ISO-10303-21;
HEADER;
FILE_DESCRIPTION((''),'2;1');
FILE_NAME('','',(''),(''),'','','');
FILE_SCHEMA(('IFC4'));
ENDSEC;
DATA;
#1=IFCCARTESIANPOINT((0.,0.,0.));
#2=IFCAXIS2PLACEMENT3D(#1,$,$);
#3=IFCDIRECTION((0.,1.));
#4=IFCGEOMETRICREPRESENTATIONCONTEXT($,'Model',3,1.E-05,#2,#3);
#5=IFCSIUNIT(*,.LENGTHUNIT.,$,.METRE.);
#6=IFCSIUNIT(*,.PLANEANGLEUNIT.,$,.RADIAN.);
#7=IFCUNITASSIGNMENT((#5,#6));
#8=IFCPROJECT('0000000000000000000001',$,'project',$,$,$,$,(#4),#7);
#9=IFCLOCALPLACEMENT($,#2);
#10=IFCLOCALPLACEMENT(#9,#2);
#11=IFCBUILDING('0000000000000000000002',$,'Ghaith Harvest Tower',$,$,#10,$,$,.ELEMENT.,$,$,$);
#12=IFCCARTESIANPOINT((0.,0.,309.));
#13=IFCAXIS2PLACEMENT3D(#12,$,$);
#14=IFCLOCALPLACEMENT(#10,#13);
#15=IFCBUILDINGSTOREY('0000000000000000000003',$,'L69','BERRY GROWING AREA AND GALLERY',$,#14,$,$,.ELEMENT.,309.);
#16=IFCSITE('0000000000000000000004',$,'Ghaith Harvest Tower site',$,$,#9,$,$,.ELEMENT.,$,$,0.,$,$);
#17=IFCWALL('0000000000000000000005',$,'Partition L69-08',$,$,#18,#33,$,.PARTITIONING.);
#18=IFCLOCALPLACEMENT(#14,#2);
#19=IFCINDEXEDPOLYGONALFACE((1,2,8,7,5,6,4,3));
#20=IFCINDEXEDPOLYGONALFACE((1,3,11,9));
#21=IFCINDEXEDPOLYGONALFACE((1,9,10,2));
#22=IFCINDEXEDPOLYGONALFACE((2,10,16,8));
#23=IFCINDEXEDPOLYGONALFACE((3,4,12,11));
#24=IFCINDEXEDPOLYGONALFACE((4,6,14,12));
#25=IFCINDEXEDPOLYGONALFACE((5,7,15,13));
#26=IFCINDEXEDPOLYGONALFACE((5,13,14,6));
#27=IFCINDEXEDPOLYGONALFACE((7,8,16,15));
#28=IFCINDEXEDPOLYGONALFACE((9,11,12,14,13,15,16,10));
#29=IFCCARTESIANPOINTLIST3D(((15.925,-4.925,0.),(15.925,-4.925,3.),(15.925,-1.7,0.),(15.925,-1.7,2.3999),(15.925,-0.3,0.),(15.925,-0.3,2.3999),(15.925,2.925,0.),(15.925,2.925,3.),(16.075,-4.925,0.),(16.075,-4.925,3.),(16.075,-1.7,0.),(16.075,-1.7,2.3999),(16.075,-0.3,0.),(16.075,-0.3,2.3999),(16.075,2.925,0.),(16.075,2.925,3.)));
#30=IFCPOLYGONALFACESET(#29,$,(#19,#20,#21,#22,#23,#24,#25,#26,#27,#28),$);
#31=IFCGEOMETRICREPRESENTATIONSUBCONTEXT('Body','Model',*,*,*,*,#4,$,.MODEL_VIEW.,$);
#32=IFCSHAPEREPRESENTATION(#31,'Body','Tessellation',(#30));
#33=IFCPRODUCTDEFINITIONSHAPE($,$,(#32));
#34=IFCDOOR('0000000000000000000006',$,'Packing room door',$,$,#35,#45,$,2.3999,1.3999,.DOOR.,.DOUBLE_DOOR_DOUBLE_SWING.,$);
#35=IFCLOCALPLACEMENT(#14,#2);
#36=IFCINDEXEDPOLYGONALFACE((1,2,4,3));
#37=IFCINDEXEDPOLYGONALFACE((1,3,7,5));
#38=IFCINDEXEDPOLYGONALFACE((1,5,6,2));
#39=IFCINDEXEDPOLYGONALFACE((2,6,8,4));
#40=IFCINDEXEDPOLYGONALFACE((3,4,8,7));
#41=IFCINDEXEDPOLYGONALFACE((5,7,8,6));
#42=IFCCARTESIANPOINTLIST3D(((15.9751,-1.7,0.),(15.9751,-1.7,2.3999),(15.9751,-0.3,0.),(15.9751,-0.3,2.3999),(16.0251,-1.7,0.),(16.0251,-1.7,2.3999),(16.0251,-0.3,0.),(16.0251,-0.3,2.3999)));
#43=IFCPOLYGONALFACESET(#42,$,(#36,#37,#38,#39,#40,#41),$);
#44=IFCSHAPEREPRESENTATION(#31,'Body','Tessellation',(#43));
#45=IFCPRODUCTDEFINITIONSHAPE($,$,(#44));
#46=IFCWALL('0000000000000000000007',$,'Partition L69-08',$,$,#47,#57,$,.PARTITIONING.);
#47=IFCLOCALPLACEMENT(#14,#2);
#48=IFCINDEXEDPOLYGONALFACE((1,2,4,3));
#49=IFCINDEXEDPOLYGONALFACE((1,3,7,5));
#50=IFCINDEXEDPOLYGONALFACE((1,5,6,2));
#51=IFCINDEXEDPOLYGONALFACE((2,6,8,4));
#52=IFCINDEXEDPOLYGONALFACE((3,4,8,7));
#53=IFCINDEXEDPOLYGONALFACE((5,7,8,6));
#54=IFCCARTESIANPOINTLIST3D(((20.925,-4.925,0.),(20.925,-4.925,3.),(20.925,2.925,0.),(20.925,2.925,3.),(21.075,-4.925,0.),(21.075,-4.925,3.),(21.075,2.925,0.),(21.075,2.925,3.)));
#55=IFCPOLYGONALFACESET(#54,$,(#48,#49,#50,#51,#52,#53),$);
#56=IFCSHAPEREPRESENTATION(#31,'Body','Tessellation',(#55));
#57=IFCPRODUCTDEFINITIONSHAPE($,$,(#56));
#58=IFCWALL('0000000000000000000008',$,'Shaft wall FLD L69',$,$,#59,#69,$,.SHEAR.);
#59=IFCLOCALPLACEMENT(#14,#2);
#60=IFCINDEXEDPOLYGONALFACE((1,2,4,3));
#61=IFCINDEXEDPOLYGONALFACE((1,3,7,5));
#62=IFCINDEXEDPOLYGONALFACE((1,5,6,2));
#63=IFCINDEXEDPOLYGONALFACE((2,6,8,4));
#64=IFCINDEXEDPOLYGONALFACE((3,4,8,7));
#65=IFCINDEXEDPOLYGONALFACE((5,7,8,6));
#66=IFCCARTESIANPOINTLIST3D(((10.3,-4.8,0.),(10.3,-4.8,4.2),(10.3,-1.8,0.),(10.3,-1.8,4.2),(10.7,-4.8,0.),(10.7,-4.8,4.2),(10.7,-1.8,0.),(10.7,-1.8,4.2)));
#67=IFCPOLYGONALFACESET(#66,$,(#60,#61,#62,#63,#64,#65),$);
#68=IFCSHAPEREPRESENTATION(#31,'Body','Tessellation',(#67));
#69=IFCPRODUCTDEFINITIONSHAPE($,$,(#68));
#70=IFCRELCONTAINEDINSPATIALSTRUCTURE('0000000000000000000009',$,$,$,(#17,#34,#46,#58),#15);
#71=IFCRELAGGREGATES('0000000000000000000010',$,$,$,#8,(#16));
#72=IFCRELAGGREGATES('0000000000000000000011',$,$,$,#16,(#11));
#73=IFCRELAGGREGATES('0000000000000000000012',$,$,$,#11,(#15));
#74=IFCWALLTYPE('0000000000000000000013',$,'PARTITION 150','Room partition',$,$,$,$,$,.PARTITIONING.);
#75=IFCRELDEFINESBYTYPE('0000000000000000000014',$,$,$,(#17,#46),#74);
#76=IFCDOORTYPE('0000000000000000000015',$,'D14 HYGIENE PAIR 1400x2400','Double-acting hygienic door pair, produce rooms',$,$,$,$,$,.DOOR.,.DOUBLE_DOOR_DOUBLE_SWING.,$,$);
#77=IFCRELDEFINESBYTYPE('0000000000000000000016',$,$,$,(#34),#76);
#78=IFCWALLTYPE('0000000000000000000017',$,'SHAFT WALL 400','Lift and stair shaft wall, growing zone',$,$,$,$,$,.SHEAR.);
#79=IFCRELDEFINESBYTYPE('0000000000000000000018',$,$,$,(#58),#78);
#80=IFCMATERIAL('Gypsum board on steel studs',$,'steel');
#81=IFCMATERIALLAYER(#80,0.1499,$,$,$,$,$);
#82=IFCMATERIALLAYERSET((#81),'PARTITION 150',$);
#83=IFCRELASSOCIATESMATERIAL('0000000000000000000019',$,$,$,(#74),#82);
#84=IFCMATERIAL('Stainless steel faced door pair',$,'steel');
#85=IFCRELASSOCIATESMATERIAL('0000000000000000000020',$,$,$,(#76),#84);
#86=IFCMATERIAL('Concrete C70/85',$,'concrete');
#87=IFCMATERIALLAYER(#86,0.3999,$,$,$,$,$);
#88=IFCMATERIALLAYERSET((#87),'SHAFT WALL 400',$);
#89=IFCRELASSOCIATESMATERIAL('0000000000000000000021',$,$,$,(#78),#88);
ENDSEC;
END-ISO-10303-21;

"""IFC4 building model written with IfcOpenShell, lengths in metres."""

from ifc_helpers import new_model, si_unit, direction, frame, frame_2d, origin, place, context, subcontext, project, spatial, rectangle, extrude, material, layer, layer_set, type_object, element, fill, save


model = new_model("IFC4")

# Units and contexts
model_context = context("Model", 3, precision=1e-05, world=origin(), true_north=direction((0.0, 1.0)))
body_context = subcontext(model_context, "Body", "Model", "MODEL_VIEW")
ifc_project = project(units=[si_unit("LENGTHUNIT", "METRE"), si_unit("PLANEANGLEUNIT", "RADIAN")], contexts=[model_context])

# Site, building, storey
site_placement = place(None, origin())
site = spatial("IfcSite", under=ifc_project, at=site_placement, Name="Ghaith Harvest Tower site", CompositionType="ELEMENT", RefElevation=0.0)
building_placement = place(site_placement, origin())
building = spatial("IfcBuilding", under=site, at=building_placement, Name="Ghaith Harvest Tower", CompositionType="ELEMENT")
storey_placement = place(building_placement, frame((0.0, 0.0, 309.0)))
storey = spatial("IfcBuildingStorey", under=building, at=storey_placement, Name="L69", Description="BERRY GROWING AREA AND GALLERY", CompositionType="ELEMENT", Elevation=309.0)

# Shared definitions
ifc_material_1 = material(Name="Gypsum board on steel studs", Category="steel")
ifc_layer_1 = layer(ifc_material_1, 0.1499)
ifc_layer_set_1 = layer_set([ifc_layer_1], Name="PARTITION 150")
wall_type_1 = type_object("IfcWallType", Name="PARTITION 150", Description="Room partition", PredefinedType="PARTITIONING", material=ifc_layer_set_1)

# Wall, opening, door
wall_1_placement = place(storey_placement, frame((16.0, -4.925, 0.0), z_axis=(0.0, 0.0, 1.0), x_axis=(0.0, 1.0, 0.0)))
wall_1 = element("IfcWall", 1, at=wall_1_placement, inside=storey, type_object=wall_type_1, Name="Partition L69-08", PredefinedType="PARTITIONING", context=body_context, shape_type="SweptSolid", body=[
    extrude(rectangle(XDim=7.8501, YDim=0.1499, at=frame_2d((3.925, 0.0))), origin(), (0.0, 0.0, 1.0), 3.0),
])
opening_1_placement = place(wall_1_placement, frame((3.2251, 0.0, 0.0)))
opening_1 = element("IfcOpeningElement", 2, at=opening_1_placement, cuts=wall_1, PredefinedType="OPENING", context=body_context, shape_type="SweptSolid", body=[
    extrude(rectangle(XDim=1.3999, YDim=2.3999, at=frame_2d((0.7, 1.2))), frame((0.0, 0.085, 0.0), z_axis=(0.0, -1.0, 0.0), x_axis=(1.0, 0.0, 0.0)), (0.0, 0.0, 1.0), 0.1699),
])
ifc_material_2 = material(Name="Stainless steel faced door pair", Category="steel")
door_type_1 = type_object("IfcDoorType", Name="D14 HYGIENE PAIR 1400x2400", Description="Double-acting hygienic door pair, produce rooms", OperationType="DOUBLE_DOOR_DOUBLE_SWING", PredefinedType="DOOR", material=ifc_material_2)
door_1_placement = place(opening_1_placement, origin())
door_1 = element("IfcDoor", 3, at=door_1_placement, inside=storey, type_object=door_type_1, Name="Packing room door", OperationType="DOUBLE_DOOR_DOUBLE_SWING", OverallHeight=2.3999, OverallWidth=1.3999, PredefinedType="DOOR", context=body_context, shape_type="SweptSolid", body=[
    extrude(rectangle(XDim=1.3999, YDim=2.3999, at=frame_2d((0.7, 1.2))), frame((0.0, 0.0249, 0.0), z_axis=(0.0, -1.0, 0.0), x_axis=(1.0, 0.0, 0.0)), (0.0, 0.0, 1.0), 0.05),
])
fill(opening_1, door_1)

# Walls
wall_2_placement = place(storey_placement, frame((21.0, -4.925, 0.0), z_axis=(0.0, 0.0, 1.0), x_axis=(0.0, 1.0, 0.0)))
element("IfcWall", 4, at=wall_2_placement, inside=storey, type_object=wall_type_1, Name="Partition L69-08", PredefinedType="PARTITIONING", context=body_context, shape_type="SweptSolid", body=[
    extrude(rectangle(XDim=7.8501, YDim=0.1499, at=frame_2d((3.925, 0.0))), origin(), (0.0, 0.0, 1.0), 3.0),
])
ifc_material_3 = material(Name="Concrete C70/85", Category="concrete")
ifc_layer_2 = layer(ifc_material_3, 0.3999)
ifc_layer_set_2 = layer_set([ifc_layer_2], Name="SHAFT WALL 400")
wall_type_2 = type_object("IfcWallType", Name="SHAFT WALL 400", Description="Lift and stair shaft wall, growing zone", PredefinedType="SHEAR", material=ifc_layer_set_2)
wall_3_placement = place(storey_placement, frame((10.5, -4.8, 0.0), z_axis=(0.0, 0.0, 1.0), x_axis=(0.0, 1.0, 0.0)))
element("IfcWall", 5, at=wall_3_placement, inside=storey, type_object=wall_type_2, Name="Shaft wall FLD L69", PredefinedType="SHEAR", context=body_context, shape_type="SweptSolid", body=[
    extrude(rectangle(XDim=3.0, YDim=0.3999, at=frame_2d((1.5, 0.0))), origin(), (0.0, 0.0, 1.0), 4.2),
])

save(model, "model.ifc")
